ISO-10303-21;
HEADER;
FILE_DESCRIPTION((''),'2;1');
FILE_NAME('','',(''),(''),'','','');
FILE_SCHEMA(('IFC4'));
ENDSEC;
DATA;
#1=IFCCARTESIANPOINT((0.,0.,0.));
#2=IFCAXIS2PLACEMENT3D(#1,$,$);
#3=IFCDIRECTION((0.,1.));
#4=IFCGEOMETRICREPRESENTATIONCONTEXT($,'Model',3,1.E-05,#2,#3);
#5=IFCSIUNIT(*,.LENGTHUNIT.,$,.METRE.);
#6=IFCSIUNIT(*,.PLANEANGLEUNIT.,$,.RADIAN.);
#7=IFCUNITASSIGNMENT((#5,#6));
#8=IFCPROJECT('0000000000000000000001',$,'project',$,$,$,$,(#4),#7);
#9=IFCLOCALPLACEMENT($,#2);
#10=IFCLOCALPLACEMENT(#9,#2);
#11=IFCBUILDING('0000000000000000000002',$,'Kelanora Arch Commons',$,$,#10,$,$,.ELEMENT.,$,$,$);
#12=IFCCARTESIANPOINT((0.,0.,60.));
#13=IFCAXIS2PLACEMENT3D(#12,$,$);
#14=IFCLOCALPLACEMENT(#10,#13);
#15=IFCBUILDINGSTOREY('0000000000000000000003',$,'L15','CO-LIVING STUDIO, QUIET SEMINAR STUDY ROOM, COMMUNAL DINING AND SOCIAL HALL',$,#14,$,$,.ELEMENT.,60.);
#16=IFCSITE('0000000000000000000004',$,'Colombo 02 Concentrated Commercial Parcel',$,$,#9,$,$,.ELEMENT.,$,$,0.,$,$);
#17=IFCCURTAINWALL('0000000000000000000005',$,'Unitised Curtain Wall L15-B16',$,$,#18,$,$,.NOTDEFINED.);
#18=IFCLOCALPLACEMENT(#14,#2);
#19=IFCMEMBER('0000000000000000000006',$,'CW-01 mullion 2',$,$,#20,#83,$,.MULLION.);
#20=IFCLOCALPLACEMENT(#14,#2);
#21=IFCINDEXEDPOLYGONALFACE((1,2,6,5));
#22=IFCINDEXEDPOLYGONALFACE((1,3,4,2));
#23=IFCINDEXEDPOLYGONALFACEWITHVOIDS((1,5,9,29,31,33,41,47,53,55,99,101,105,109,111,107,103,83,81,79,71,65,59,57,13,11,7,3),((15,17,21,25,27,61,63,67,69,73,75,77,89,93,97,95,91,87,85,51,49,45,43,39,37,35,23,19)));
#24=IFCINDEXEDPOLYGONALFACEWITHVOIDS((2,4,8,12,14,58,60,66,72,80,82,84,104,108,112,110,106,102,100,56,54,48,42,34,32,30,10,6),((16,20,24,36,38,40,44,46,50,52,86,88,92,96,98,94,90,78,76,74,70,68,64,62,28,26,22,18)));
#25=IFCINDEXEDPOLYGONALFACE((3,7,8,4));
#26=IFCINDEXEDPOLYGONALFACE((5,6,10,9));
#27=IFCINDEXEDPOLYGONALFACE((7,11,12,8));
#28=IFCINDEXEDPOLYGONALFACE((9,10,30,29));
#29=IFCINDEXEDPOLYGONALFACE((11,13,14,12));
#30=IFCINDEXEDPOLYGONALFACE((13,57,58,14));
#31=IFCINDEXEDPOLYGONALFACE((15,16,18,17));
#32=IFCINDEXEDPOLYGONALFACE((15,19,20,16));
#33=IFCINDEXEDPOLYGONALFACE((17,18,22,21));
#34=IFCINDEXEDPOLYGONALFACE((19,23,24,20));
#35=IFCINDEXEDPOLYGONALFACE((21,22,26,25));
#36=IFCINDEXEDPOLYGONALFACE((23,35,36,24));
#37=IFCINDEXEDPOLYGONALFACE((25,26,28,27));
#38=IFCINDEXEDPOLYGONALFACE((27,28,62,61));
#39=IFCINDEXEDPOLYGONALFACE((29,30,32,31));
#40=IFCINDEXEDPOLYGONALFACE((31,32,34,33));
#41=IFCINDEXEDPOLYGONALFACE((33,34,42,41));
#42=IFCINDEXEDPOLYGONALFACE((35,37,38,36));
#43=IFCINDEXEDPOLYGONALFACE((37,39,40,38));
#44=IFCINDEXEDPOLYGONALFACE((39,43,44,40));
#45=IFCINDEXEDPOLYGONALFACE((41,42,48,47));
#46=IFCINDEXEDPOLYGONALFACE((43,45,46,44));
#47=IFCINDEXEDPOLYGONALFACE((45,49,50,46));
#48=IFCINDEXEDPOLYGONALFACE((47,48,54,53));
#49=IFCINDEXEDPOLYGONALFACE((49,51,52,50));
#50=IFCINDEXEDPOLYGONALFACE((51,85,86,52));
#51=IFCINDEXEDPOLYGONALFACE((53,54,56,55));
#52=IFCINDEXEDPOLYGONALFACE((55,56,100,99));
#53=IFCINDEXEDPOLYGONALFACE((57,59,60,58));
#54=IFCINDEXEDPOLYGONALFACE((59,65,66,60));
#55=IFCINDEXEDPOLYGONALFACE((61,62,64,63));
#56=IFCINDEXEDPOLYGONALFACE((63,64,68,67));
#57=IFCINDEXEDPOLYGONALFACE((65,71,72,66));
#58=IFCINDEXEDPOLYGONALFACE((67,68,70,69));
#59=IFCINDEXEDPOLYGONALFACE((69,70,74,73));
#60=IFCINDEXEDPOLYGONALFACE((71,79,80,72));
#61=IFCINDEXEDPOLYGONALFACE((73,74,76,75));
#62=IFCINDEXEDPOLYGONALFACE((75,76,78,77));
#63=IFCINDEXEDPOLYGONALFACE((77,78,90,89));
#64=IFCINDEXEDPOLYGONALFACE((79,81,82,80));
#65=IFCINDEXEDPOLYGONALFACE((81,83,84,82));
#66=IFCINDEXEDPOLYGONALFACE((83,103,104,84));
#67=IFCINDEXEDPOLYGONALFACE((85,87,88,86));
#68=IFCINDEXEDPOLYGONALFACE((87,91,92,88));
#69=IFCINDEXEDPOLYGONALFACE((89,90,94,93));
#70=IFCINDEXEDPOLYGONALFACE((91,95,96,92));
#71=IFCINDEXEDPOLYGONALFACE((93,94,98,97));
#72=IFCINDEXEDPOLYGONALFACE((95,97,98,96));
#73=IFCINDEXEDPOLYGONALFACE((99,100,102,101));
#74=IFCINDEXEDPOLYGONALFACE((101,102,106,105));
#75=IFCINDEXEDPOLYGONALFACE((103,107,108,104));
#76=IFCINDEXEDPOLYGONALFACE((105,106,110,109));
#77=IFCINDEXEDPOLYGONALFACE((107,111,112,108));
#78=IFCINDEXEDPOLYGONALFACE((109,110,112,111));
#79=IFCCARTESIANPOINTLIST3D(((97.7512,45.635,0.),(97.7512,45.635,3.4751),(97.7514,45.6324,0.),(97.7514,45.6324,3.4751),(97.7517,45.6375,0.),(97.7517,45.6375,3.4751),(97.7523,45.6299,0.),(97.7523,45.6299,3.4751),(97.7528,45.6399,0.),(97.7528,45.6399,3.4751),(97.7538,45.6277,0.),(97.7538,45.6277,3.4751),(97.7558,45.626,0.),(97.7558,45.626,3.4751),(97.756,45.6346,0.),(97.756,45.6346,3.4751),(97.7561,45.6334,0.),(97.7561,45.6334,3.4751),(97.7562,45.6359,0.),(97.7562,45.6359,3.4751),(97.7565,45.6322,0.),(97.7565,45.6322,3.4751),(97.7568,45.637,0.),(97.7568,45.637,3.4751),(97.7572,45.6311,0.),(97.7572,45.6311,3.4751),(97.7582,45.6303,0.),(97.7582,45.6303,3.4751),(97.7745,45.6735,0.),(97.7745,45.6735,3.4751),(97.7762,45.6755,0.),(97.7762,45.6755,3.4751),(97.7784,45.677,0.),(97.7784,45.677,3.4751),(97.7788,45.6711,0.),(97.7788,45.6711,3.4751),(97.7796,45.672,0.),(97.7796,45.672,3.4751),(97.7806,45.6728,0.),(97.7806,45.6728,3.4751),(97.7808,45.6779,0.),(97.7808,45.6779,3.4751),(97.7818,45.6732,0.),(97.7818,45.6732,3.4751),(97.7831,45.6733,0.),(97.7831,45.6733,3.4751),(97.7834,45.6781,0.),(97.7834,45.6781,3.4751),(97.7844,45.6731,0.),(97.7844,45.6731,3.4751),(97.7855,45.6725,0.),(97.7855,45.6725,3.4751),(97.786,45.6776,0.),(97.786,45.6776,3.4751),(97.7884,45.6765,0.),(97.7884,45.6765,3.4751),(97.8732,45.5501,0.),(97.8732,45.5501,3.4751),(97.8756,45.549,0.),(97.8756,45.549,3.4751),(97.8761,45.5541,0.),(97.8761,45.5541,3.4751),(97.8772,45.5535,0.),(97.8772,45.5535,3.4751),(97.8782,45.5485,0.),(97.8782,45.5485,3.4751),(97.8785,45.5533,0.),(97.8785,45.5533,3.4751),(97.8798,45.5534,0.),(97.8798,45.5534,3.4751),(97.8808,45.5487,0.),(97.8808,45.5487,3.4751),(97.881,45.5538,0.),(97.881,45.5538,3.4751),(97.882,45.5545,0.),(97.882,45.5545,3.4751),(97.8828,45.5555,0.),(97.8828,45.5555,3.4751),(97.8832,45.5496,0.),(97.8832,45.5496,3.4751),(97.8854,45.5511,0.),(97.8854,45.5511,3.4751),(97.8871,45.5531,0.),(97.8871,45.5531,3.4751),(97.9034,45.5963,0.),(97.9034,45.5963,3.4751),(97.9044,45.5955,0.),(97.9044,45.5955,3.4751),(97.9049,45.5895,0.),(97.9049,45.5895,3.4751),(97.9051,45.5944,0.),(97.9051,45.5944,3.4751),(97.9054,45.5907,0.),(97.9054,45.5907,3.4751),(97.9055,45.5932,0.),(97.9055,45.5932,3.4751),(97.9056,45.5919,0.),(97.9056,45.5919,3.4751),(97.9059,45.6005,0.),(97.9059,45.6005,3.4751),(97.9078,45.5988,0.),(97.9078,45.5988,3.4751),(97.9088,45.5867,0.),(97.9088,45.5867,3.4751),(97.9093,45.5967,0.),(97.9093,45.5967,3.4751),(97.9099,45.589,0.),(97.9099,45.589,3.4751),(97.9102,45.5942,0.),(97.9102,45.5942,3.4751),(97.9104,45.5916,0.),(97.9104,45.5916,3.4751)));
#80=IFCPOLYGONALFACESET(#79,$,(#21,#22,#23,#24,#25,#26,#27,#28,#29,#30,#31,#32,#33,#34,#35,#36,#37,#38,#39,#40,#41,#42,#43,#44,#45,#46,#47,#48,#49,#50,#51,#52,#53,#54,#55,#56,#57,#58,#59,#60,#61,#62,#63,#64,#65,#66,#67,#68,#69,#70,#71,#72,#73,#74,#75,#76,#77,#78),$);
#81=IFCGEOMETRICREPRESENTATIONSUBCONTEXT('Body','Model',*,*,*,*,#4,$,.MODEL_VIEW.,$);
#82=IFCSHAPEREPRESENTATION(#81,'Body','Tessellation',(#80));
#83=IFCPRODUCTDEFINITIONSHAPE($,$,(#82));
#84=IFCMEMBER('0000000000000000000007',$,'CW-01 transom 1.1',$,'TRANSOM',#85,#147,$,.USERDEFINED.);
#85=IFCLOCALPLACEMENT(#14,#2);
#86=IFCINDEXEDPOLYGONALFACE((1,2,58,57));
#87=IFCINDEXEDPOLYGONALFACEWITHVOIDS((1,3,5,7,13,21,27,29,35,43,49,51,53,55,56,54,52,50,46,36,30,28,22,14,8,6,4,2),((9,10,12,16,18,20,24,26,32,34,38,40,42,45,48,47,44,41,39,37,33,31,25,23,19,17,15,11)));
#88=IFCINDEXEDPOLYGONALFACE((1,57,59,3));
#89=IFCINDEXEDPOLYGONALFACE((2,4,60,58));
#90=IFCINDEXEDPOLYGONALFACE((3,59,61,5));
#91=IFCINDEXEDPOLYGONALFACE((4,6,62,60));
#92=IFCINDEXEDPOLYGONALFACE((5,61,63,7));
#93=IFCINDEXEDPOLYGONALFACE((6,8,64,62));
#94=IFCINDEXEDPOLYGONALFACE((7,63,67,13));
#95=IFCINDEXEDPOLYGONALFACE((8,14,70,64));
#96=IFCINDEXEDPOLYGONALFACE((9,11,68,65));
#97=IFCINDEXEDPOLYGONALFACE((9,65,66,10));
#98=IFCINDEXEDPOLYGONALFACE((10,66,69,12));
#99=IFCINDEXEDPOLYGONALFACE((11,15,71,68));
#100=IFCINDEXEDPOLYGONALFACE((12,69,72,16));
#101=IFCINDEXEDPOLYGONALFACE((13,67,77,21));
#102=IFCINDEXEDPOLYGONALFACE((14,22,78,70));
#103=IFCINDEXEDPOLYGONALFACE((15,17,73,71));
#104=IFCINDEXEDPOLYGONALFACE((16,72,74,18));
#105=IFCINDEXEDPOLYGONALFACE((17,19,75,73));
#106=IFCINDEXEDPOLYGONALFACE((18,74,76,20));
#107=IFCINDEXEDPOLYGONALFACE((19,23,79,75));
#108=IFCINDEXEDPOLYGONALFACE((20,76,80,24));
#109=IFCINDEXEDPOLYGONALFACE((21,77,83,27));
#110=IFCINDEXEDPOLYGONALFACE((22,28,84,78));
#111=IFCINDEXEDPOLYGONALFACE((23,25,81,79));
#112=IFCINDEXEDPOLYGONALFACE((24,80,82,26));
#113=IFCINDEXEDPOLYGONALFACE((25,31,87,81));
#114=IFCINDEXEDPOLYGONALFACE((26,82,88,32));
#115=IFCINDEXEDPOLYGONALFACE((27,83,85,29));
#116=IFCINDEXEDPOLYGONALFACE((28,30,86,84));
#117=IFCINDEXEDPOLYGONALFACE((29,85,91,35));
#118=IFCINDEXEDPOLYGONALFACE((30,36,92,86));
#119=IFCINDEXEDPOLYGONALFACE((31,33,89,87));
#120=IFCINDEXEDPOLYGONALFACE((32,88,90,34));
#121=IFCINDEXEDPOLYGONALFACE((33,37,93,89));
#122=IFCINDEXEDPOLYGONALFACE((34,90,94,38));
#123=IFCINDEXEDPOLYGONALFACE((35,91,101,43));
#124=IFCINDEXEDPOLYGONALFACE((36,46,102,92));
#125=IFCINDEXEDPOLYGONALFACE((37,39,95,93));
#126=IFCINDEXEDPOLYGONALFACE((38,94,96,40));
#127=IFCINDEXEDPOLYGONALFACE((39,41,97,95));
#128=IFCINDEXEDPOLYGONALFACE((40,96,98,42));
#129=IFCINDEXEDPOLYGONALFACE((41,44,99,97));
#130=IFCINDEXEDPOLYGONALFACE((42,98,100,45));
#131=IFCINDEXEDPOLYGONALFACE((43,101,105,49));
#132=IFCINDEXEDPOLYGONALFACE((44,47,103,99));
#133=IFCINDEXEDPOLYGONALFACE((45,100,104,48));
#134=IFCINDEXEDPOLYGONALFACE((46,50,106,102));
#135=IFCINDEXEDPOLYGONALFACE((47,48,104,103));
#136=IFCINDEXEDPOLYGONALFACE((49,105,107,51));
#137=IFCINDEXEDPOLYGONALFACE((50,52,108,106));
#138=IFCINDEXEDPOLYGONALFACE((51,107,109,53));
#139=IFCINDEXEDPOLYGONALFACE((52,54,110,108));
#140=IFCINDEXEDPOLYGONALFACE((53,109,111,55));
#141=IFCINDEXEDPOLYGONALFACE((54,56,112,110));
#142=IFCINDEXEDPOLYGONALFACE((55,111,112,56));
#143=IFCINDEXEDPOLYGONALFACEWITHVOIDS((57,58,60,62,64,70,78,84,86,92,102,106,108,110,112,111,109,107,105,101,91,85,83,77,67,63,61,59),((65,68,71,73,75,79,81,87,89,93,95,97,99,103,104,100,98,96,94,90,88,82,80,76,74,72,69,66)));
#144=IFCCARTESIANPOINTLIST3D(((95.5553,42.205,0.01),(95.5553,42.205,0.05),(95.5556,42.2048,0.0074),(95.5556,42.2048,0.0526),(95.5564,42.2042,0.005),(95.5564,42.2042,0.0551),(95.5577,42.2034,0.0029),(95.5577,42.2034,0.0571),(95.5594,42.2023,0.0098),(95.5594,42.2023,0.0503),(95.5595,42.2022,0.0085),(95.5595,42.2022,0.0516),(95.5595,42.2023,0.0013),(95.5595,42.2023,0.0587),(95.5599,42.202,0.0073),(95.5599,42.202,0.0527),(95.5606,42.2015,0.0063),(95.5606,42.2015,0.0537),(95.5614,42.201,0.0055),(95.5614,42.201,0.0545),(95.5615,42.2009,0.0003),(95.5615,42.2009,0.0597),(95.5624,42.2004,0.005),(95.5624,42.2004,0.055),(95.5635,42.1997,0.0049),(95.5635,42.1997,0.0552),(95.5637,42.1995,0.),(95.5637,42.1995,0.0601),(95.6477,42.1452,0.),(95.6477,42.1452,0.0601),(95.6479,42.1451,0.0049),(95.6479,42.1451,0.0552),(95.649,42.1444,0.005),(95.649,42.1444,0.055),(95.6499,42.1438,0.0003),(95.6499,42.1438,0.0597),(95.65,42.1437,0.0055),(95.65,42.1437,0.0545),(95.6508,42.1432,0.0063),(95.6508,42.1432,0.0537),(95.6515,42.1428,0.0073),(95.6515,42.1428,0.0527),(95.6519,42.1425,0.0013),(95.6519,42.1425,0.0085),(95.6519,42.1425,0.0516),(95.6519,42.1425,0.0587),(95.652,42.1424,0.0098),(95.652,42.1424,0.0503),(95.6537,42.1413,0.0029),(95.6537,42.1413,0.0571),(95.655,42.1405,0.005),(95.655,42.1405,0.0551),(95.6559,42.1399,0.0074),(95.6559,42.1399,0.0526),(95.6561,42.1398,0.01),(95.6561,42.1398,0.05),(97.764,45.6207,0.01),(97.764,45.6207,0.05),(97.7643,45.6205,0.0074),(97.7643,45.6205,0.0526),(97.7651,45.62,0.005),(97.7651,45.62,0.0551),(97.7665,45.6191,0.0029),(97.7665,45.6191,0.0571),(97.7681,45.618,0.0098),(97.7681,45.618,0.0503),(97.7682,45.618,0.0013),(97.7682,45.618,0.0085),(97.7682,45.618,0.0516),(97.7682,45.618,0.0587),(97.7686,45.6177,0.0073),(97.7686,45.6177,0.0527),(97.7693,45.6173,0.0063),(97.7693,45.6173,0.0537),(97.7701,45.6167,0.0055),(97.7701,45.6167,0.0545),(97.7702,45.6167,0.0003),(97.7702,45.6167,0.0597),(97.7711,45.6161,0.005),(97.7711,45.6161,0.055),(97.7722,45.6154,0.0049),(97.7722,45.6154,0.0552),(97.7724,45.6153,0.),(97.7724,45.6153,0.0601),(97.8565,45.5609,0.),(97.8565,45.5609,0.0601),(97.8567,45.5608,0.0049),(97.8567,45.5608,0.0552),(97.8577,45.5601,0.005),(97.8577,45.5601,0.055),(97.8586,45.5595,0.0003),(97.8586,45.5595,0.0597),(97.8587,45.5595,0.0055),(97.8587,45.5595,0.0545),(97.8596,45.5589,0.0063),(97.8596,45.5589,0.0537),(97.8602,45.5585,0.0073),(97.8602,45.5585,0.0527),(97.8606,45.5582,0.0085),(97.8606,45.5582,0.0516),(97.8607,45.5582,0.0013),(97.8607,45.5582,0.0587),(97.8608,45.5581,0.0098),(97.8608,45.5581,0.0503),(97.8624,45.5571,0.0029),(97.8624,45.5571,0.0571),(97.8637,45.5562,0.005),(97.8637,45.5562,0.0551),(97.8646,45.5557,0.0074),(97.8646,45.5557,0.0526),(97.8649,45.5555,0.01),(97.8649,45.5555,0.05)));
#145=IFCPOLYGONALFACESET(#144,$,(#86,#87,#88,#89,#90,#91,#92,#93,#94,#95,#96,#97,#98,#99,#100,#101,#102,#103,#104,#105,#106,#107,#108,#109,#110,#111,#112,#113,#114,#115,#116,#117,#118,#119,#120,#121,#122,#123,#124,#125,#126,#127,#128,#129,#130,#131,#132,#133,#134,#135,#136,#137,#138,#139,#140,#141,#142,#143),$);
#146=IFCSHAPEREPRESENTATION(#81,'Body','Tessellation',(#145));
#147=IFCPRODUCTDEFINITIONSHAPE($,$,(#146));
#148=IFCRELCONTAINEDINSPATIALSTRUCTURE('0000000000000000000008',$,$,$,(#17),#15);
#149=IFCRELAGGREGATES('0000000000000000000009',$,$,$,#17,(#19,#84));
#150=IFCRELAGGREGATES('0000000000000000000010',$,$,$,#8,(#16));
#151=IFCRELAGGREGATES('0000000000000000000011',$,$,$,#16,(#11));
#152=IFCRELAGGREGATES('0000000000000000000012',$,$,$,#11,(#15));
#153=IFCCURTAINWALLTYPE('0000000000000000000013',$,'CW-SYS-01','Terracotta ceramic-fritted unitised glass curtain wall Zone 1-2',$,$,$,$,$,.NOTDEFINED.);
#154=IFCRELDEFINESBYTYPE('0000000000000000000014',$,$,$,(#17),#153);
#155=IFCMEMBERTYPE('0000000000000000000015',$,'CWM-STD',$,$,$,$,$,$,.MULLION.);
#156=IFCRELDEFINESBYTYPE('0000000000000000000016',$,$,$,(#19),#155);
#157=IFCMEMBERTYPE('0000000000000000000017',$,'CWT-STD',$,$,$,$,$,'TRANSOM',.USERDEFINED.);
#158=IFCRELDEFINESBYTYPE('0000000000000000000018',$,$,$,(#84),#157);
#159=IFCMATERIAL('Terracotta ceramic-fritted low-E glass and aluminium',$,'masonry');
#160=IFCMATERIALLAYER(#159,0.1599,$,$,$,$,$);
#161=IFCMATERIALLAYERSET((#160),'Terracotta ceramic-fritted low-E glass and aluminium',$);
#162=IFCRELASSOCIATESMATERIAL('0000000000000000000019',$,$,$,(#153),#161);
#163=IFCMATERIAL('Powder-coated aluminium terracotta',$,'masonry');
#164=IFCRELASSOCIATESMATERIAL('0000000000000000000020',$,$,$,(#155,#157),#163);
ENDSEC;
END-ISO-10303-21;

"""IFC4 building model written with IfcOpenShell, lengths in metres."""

from ifc_helpers import new_model, si_unit, direction, frame, origin, origin_2d, place, context, subcontext, project, spatial, hollow_rectangle, extrude, material, layer, layer_set, material_profile, profile_set, type_object, element, aggregate, save


model = new_model("IFC4")

# Units and contexts
model_context = context("Model", 3, precision=1e-05, world=origin(), true_north=direction((0.0, 1.0)))
body_context = subcontext(model_context, "Body", "Model", "MODEL_VIEW")
ifc_project = project(units=[si_unit("LENGTHUNIT", "METRE"), si_unit("PLANEANGLEUNIT", "RADIAN")], contexts=[model_context])

# Site, building, storey
site_placement = place(None, origin())
site = spatial("IfcSite", under=ifc_project, at=site_placement, Name="Colombo 02 Concentrated Commercial Parcel", CompositionType="ELEMENT", RefElevation=0.0)
building_placement = place(site_placement, origin())
building = spatial("IfcBuilding", under=site, at=building_placement, Name="Kelanora Arch Commons", CompositionType="ELEMENT")
storey_placement = place(building_placement, frame((0.0, 0.0, 60.0)))
storey = spatial("IfcBuildingStorey", under=building, at=storey_placement, Name="L15", Description="CO-LIVING STUDIO, QUIET SEMINAR STUDY ROOM, COMMUNAL DINING AND SOCIAL HALL", CompositionType="ELEMENT", Elevation=60.0)

# Shared definitions
ifc_material_1 = material(Name="Terracotta ceramic-fritted low-E glass and aluminium", Category="masonry")
ifc_layer_1 = layer(ifc_material_1, 0.1599)
ifc_layer_set_1 = layer_set([ifc_layer_1], Name="Terracotta ceramic-fritted low-E glass and aluminium")
curtain_wall_type = type_object("IfcCurtainWallType", Name="CW-SYS-01", Description="Terracotta ceramic-fritted unitised glass curtain wall Zone 1-2", PredefinedType="NOTDEFINED", material=ifc_layer_set_1)
ifc_material_2 = material(Name="Powder-coated aluminium terracotta", Category="masonry")
ifc_material_profile_1 = material_profile(ifc_material_2, hollow_rectangle(XDim=0.1599, YDim=0.0601, WallThickness=0.0049, InnerFilletRadius=0.0049, OuterFilletRadius=0.01, at=origin_2d()), Name="CWM160x60")
ifc_profile_set_1 = profile_set([ifc_material_profile_1], Name="Powder-coated aluminium terracotta")
member_type_1 = type_object("IfcMemberType", Name="CWM-STD", PredefinedType="MULLION", material=ifc_profile_set_1)

# Curtain wall, members
curtain_wall_1_placement = place(storey_placement, origin())
curtain_wall_1 = element("IfcCurtainWall", 1, at=curtain_wall_1_placement, inside=storey, type_object=curtain_wall_type, Name="Unitised Curtain Wall L15-B16", PredefinedType="NOTDEFINED")
member_1_placement = place(storey_placement, frame((97.8308, 45.6133, 0.0), z_axis=(0.0, 0.0, 1.0), x_axis=(-0.83973, 0.543004, 0.0)))
member_1 = element("IfcMember", 2, at=member_1_placement, type_object=member_type_1, Name="CW-01 mullion 2", PredefinedType="MULLION", context=body_context, shape_type="SweptSolid", body=[
    extrude(hollow_rectangle(XDim=0.1599, YDim=0.0601, WallThickness=0.0049, InnerFilletRadius=0.0049, OuterFilletRadius=0.01, at=origin_2d()), origin(), (0.0, 0.0, 1.0), 3.4751),
])
ifc_material_profile_2 = material_profile(ifc_material_2, hollow_rectangle(XDim=0.1201, YDim=0.0601, WallThickness=0.0049, InnerFilletRadius=0.0049, OuterFilletRadius=0.01, at=origin_2d()), Name="CWT120x60")
ifc_profile_set_2 = profile_set([ifc_material_profile_2], Name="Powder-coated aluminium terracotta")
member_type_2 = type_object("IfcMemberType", Name="CWT-STD", ElementType="TRANSOM", PredefinedType="USERDEFINED", material=ifc_profile_set_2)
member_2_placement = place(storey_placement, frame((95.6057, 42.1724, 0.03), z_axis=(0.542997, 0.839734, 0.0), x_axis=(-0.839734, 0.542997, 0.0)))
member_2 = element("IfcMember", 3, at=member_2_placement, type_object=member_type_2, Name="CW-01 transom 1.1", ObjectType="TRANSOM", PredefinedType="USERDEFINED", context=body_context, shape_type="SweptSolid", body=[
    extrude(hollow_rectangle(XDim=0.1201, YDim=0.0601, WallThickness=0.0049, InnerFilletRadius=0.0049, OuterFilletRadius=0.01, at=origin_2d()), origin(), (0.0, 0.0, 1.0), 4.0676),
])
aggregate(curtain_wall_1, [member_1, member_2])

save(model, "model.ifc")
